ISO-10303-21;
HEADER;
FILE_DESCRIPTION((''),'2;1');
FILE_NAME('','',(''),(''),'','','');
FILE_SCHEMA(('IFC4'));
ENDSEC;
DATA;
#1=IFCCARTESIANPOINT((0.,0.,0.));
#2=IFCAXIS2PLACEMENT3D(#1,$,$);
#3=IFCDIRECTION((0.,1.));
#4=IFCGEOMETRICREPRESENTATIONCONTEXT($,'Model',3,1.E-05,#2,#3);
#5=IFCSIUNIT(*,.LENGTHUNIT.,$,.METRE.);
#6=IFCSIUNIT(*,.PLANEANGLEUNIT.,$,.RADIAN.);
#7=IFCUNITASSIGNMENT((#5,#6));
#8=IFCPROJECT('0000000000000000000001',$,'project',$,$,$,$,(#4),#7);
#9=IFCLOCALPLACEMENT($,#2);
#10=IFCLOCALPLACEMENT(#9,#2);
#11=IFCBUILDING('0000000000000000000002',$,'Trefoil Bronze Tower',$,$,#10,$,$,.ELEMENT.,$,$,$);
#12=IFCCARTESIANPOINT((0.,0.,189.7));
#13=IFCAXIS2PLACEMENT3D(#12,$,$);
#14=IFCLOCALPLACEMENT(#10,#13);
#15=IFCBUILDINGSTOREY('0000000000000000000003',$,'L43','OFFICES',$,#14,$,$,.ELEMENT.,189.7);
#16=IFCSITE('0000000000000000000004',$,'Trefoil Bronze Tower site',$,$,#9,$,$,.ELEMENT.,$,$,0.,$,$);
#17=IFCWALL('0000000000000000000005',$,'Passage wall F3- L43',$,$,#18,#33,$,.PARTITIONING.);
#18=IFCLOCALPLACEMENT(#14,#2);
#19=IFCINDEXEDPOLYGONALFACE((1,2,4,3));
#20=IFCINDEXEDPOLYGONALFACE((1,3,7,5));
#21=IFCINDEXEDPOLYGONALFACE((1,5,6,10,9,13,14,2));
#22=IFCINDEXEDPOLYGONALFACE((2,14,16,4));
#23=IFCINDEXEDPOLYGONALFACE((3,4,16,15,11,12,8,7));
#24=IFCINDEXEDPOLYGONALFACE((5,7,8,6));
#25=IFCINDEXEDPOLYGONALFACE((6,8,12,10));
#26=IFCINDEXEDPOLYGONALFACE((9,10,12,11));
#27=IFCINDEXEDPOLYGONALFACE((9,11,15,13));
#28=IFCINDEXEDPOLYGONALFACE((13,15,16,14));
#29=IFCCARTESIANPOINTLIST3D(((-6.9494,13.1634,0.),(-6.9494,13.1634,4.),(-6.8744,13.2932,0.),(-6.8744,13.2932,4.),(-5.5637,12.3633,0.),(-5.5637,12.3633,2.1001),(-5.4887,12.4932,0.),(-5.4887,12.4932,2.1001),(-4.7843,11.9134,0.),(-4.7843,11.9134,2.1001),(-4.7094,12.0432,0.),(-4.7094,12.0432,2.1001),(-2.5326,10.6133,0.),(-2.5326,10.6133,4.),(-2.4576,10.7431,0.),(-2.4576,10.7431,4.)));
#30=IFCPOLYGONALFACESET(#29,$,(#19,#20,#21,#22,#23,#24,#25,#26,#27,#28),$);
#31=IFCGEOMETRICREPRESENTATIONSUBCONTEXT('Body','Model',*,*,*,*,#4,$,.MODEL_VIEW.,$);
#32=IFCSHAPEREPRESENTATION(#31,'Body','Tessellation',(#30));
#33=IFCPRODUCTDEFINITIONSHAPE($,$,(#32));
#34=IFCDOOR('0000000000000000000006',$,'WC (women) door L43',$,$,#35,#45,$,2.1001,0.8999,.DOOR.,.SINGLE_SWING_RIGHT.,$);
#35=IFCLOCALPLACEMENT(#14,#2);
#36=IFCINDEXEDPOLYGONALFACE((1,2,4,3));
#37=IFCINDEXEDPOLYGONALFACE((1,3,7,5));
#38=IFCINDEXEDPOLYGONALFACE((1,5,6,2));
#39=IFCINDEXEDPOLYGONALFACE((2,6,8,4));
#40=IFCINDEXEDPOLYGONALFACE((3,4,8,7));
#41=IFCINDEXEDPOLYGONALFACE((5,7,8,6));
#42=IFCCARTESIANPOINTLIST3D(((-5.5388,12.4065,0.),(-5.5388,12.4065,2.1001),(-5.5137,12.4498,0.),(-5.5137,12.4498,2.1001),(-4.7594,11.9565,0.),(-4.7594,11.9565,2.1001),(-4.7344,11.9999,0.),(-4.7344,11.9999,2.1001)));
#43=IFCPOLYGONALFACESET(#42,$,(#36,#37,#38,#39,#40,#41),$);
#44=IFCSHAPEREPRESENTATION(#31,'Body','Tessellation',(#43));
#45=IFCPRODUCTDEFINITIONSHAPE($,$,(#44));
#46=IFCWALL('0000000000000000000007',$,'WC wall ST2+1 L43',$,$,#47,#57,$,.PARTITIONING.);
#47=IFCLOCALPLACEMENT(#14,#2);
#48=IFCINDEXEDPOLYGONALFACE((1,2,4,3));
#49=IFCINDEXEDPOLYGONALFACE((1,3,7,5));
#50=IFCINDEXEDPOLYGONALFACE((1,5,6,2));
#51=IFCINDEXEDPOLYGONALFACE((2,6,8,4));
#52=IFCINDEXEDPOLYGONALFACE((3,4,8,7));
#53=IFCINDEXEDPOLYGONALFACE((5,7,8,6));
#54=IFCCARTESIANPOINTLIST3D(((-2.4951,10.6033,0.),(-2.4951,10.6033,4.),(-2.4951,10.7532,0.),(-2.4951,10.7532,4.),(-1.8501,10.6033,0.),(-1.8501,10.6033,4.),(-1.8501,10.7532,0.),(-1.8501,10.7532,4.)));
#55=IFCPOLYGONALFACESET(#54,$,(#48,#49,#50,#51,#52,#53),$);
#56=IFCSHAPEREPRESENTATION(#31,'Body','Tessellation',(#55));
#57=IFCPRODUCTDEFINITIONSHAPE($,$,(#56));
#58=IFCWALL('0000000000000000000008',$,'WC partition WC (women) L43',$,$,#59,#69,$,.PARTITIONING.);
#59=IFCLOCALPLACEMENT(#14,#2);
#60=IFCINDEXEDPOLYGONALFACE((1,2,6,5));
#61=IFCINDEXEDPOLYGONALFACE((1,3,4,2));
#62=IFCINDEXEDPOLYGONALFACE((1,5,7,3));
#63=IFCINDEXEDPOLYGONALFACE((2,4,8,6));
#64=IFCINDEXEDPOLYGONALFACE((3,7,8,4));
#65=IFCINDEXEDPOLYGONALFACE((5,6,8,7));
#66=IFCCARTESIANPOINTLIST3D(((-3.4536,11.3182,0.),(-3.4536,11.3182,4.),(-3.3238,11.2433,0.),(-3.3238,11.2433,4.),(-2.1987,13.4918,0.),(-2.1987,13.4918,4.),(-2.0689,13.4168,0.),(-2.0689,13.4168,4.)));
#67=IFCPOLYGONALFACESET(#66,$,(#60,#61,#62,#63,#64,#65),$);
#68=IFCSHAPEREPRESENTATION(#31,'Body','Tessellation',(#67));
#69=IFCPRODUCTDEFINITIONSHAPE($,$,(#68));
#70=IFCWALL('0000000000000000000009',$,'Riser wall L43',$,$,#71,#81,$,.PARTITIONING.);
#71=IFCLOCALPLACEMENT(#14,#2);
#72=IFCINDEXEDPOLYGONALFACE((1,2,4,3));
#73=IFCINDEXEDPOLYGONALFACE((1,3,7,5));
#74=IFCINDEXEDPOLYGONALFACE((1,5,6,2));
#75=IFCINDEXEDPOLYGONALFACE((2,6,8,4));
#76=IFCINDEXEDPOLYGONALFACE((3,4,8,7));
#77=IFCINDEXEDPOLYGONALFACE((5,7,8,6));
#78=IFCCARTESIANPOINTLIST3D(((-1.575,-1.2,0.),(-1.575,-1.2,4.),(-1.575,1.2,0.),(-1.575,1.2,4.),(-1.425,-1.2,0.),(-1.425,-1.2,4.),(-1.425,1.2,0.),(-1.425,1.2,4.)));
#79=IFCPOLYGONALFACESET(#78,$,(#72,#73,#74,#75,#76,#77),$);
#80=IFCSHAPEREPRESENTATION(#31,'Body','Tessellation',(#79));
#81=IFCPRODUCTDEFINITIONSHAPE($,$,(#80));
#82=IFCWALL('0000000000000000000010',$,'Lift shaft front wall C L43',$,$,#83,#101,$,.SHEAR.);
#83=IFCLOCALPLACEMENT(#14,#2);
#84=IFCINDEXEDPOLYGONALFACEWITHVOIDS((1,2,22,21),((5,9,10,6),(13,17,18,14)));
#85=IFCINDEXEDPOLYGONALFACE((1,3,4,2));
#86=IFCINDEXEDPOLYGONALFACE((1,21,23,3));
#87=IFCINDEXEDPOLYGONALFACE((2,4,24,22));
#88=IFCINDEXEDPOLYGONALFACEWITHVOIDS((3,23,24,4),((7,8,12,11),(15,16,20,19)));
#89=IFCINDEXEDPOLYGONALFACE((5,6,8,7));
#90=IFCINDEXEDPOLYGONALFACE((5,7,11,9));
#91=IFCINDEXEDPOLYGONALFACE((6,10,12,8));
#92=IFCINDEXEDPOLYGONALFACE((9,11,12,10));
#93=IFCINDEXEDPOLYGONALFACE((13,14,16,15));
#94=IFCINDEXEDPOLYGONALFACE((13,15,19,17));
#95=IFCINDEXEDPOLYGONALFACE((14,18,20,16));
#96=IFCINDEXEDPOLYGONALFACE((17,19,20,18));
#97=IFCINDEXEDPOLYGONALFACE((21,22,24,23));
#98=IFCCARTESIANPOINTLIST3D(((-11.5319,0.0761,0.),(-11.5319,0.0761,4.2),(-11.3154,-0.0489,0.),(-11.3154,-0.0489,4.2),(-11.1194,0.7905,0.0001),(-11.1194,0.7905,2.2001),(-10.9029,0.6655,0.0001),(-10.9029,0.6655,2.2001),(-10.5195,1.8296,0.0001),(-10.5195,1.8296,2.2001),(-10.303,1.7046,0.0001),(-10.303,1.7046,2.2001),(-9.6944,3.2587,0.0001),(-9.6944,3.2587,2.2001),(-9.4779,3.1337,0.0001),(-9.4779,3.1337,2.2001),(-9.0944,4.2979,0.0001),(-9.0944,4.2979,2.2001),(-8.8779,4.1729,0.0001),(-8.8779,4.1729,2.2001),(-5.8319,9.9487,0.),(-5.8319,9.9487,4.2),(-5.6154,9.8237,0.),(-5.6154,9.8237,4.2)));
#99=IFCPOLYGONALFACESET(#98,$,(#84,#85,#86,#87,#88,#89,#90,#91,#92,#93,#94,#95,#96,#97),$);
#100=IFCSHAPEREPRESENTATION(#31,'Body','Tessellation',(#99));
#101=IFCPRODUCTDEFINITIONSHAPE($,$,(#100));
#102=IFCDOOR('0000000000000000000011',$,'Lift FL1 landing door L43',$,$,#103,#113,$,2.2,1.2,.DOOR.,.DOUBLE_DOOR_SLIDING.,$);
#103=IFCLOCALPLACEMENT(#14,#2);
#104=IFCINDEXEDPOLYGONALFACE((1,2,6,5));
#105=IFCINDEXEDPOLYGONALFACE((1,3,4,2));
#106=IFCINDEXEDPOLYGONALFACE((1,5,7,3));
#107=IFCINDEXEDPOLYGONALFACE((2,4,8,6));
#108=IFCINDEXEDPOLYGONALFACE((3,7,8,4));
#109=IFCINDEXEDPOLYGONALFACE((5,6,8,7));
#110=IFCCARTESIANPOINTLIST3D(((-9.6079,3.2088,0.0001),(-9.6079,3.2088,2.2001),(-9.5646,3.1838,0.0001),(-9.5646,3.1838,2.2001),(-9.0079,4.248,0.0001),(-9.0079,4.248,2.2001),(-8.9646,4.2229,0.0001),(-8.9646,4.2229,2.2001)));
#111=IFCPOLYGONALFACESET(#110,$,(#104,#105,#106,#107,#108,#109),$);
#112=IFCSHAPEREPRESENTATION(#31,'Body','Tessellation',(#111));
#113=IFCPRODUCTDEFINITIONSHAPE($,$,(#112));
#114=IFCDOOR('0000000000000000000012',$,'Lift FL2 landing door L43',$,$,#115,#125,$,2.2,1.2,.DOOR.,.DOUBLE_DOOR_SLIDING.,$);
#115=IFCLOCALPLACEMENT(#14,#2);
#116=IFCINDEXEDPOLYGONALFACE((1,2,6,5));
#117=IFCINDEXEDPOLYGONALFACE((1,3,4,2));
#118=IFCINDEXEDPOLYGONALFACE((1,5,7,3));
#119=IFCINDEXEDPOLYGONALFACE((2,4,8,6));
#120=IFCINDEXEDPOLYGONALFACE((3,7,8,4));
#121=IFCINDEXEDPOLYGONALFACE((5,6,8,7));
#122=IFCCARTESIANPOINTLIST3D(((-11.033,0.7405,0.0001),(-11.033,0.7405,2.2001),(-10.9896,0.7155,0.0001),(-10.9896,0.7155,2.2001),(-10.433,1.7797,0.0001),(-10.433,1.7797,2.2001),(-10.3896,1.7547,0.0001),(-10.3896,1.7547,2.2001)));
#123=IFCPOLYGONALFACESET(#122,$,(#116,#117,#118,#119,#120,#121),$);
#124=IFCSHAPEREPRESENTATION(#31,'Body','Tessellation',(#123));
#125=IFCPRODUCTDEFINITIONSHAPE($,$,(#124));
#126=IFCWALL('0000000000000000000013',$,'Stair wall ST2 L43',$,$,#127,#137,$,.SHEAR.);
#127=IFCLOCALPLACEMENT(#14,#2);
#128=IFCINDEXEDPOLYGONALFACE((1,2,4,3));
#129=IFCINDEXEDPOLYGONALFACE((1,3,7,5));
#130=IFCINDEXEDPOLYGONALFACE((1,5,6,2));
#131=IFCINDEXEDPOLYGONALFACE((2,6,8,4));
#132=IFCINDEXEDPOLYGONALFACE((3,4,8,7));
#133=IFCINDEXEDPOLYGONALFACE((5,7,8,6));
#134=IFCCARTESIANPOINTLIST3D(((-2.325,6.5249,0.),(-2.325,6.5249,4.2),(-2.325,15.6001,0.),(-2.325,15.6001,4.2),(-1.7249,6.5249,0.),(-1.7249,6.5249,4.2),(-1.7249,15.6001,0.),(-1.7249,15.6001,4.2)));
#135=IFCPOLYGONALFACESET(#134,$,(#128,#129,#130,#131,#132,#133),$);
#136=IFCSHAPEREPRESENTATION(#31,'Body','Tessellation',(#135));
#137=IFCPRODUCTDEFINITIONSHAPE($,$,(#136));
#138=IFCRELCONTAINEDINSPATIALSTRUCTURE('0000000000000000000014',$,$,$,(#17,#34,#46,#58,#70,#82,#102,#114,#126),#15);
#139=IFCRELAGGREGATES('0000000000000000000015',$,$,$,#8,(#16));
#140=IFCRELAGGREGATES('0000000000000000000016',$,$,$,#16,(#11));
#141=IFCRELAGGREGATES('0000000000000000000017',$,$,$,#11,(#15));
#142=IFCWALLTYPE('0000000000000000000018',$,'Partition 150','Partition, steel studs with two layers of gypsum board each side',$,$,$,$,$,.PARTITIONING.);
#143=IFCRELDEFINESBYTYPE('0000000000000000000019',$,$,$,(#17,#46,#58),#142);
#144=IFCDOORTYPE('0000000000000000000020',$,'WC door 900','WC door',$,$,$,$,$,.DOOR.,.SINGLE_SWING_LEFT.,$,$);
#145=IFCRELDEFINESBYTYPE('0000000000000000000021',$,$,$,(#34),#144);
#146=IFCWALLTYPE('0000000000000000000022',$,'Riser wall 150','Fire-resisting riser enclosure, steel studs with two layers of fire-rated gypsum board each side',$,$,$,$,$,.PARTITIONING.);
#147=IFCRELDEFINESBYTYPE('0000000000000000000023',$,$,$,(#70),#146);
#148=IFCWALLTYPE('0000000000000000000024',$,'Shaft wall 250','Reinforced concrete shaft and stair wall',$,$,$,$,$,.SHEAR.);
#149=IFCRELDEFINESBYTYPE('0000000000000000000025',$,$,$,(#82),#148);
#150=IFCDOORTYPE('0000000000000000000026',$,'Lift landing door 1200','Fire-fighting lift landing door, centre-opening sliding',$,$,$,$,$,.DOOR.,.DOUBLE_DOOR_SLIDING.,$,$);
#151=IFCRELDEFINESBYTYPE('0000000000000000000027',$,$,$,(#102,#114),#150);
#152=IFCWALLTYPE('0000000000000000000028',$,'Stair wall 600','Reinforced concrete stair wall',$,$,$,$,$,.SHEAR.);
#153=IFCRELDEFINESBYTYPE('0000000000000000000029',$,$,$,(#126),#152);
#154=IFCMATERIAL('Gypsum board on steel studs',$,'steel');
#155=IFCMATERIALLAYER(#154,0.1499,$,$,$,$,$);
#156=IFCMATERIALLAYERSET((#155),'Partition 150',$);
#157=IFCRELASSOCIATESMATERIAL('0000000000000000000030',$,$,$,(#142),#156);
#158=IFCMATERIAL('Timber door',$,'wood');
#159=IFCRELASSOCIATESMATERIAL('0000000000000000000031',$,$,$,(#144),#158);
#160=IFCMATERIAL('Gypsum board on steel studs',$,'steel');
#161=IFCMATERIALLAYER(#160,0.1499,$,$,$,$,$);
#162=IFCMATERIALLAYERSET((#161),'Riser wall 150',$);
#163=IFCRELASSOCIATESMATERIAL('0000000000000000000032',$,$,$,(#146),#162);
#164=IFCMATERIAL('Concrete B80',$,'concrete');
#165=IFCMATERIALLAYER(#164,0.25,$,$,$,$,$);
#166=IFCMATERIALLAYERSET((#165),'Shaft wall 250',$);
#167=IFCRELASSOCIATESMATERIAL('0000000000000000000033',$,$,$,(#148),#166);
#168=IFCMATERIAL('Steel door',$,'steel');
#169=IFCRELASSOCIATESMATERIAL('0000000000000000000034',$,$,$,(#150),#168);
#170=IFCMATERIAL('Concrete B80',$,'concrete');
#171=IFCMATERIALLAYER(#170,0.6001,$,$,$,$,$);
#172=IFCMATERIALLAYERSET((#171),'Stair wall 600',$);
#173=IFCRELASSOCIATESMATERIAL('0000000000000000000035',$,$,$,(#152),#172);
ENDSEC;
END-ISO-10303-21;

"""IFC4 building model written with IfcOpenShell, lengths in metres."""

from ifc_helpers import new_model, si_unit, direction, frame, frame_2d, origin, place, context, subcontext, project, spatial, rectangle, extrude, material, layer, layer_set, type_object, element, fill, save


model = new_model("IFC4")

# Units and contexts
model_context = context("Model", 3, precision=1e-05, world=origin(), true_north=direction((0.0, 1.0)))
body_context = subcontext(model_context, "Body", "Model", "MODEL_VIEW")
ifc_project = project(units=[si_unit("LENGTHUNIT", "METRE"), si_unit("PLANEANGLEUNIT", "RADIAN")], contexts=[model_context])

# Site, building, storey
site_placement = place(None, origin())
site = spatial("IfcSite", under=ifc_project, at=site_placement, Name="Trefoil Bronze Tower site", CompositionType="ELEMENT", RefElevation=0.0)
building_placement = place(site_placement, origin())
building = spatial("IfcBuilding", under=site, at=building_placement, Name="Trefoil Bronze Tower", CompositionType="ELEMENT")
storey_placement = place(building_placement, frame((0.0, 0.0, 189.7)))
storey = spatial("IfcBuildingStorey", under=building, at=storey_placement, Name="L43", Description="OFFICES", CompositionType="ELEMENT", Elevation=189.7)

# Wall, opening, door
ifc_material_1 = material(Name="Gypsum board on steel studs", Category="steel")
ifc_layer_1 = layer(ifc_material_1, 0.1499)
ifc_layer_set_1 = layer_set([ifc_layer_1], Name="Partition 150")
wall_type_1 = type_object("IfcWallType", Name="Partition 150", Description="Partition, steel studs with two layers of gypsum board each side", PredefinedType="PARTITIONING", material=ifc_layer_set_1)
wall_1_placement = place(storey_placement, frame((-2.4951, 10.6782, 0.0), z_axis=(0.0, 0.0, 1.0), x_axis=(-0.866022, 0.500006, 0.0)))
wall_1 = element("IfcWall", 1, at=wall_1_placement, inside=storey, type_object=wall_type_1, Name="Passage wall F3- L43", PredefinedType="PARTITIONING", context=body_context, shape_type="SweptSolid", body=[
    extrude(rectangle(XDim=5.1001, YDim=0.1499, at=frame_2d((2.55, 0.0))), origin(), (0.0, 0.0, 1.0), 4.0),
])
opening_1_placement = place(wall_1_placement, frame((2.6001, 0.0, 0.0)))
opening_1 = element("IfcOpeningElement", 2, at=opening_1_placement, cuts=wall_1, PredefinedType="OPENING", context=body_context, shape_type="SweptSolid", body=[
    extrude(rectangle(XDim=0.8999, YDim=2.1001, at=frame_2d((0.45, 1.05))), frame((0.0, 0.085, 0.0), z_axis=(0.0, -1.0, 0.0), x_axis=(1.0, 0.0, 0.0)), (0.0, 0.0, 1.0), 0.1699),
])
ifc_material_2 = material(Name="Timber door", Category="wood")
door_type_1 = type_object("IfcDoorType", Name="WC door 900", Description="WC door", OperationType="SINGLE_SWING_LEFT", PredefinedType="DOOR", material=ifc_material_2)
door_1_placement = place(opening_1_placement, frame((0.8999, 0.0, 0.0), z_axis=(0.0, 0.0, 1.0), x_axis=(-1.0, 0.0, 0.0)))
door_1 = element("IfcDoor", 3, at=door_1_placement, inside=storey, type_object=door_type_1, Name="WC (women) door L43", OperationType="SINGLE_SWING_RIGHT", OverallHeight=2.1001, OverallWidth=0.8999, PredefinedType="DOOR", context=body_context, shape_type="SweptSolid", body=[
    extrude(rectangle(XDim=0.8999, YDim=2.1001, at=frame_2d((0.45, 1.05))), frame((0.0, 0.0249, 0.0), z_axis=(0.0, -1.0, 0.0), x_axis=(1.0, 0.0, 0.0)), (0.0, 0.0, 1.0), 0.05),
])
fill(opening_1, door_1)

# Walls
wall_2_placement = place(storey_placement, frame((-2.4951, 10.6782, 0.0), z_axis=(0.0, 0.0, 1.0), x_axis=(1.0, 0.0, 0.0)))
element("IfcWall", 4, at=wall_2_placement, inside=storey, type_object=wall_type_1, Name="WC wall ST2+1 L43", PredefinedType="PARTITIONING", context=body_context, shape_type="SweptSolid", body=[
    extrude(rectangle(XDim=0.645, YDim=0.1499, at=frame_2d((0.3225, 0.0))), origin(), (0.0, 0.0, 1.0), 4.0),
])
wall_3_placement = place(storey_placement, frame((-3.3887, 11.2808, 0.0), z_axis=(0.0, 0.0, 1.0), x_axis=(0.499989, 0.866032, 0.0)))
element("IfcWall", 5, at=wall_3_placement, inside=storey, type_object=wall_type_1, Name="WC partition WC (women) L43", PredefinedType="PARTITIONING", context=body_context, shape_type="SweptSolid", body=[
    extrude(rectangle(XDim=2.5098, YDim=0.1499, at=frame_2d((1.2549, 0.0))), origin(), (0.0, 0.0, 1.0), 4.0),
])
ifc_material_3 = material(Name="Gypsum board on steel studs", Category="steel")
ifc_layer_2 = layer(ifc_material_3, 0.1499)
ifc_layer_set_2 = layer_set([ifc_layer_2], Name="Riser wall 150")
wall_type_2 = type_object("IfcWallType", Name="Riser wall 150", Description="Fire-resisting riser enclosure, steel studs with two layers of fire-rated gypsum board each side", PredefinedType="PARTITIONING", material=ifc_layer_set_2)
wall_4_placement = place(storey_placement, frame((-1.5, 1.2, 0.0), z_axis=(0.0, 0.0, 1.0), x_axis=(0.0, -1.0, 0.0)))
element("IfcWall", 6, at=wall_4_placement, inside=storey, type_object=wall_type_2, Name="Riser wall L43", PredefinedType="PARTITIONING", context=body_context, shape_type="SweptSolid", body=[
    extrude(rectangle(XDim=2.3999, YDim=0.1499, at=frame_2d((1.2, 0.0))), origin(), (0.0, 0.0, 1.0), 4.0),
])

# Wall, openings, doors
ifc_material_4 = material(Name="Concrete B80", Category="concrete")
ifc_layer_3 = layer(ifc_material_4, 0.25)
ifc_layer_set_3 = layer_set([ifc_layer_3], Name="Shaft wall 250")
wall_type_3 = type_object("IfcWallType", Name="Shaft wall 250", Description="Reinforced concrete shaft and stair wall", PredefinedType="SHEAR", material=ifc_layer_set_3)
wall_5_placement = place(storey_placement, frame((-5.7236, 9.8862, 0.0), z_axis=(0.0, 0.0, 1.0), x_axis=(-0.500002, -0.866024, 0.0)))
wall_5 = element("IfcWall", 7, at=wall_5_placement, inside=storey, type_object=wall_type_3, Name="Lift shaft front wall C L43", PredefinedType="SHEAR", context=body_context, shape_type="SweptSolid", body=[
    extrude(rectangle(XDim=11.3999, YDim=0.25, at=frame_2d((5.7, 0.0))), origin(), (0.0, 0.0, 1.0), 4.2),
])
opening_2_placement = place(wall_5_placement, frame((6.5249, 0.0, 0.0)))
opening_2 = element("IfcOpeningElement", 8, at=opening_2_placement, cuts=wall_5, PredefinedType="OPENING", context=body_context, shape_type="SweptSolid", body=[
    extrude(rectangle(XDim=1.2, YDim=2.2, at=frame_2d((0.6001, 1.1001))), frame((0.0, 0.135, 0.0), z_axis=(0.0, -1.0, 0.0), x_axis=(1.0, 0.0, 0.0)), (0.0, 0.0, 1.0), 0.27),
])
opening_3_placement = place(wall_5_placement, frame((9.375, 0.0, 0.0)))
opening_3 = element("IfcOpeningElement", 9, at=opening_3_placement, cuts=wall_5, PredefinedType="OPENING", context=body_context, shape_type="SweptSolid", body=[
    extrude(rectangle(XDim=1.2, YDim=2.2, at=frame_2d((0.6001, 1.1001))), frame((0.0, 0.135, 0.0), z_axis=(0.0, -1.0, 0.0), x_axis=(1.0, 0.0, 0.0)), (0.0, 0.0, 1.0), 0.27),
])
ifc_material_5 = material(Name="Steel door", Category="steel")
door_type_2 = type_object("IfcDoorType", Name="Lift landing door 1200", Description="Fire-fighting lift landing door, centre-opening sliding", OperationType="DOUBLE_DOOR_SLIDING", PredefinedType="DOOR", material=ifc_material_5)
door_2_placement = place(opening_2_placement, origin())
door_2 = element("IfcDoor", 10, at=door_2_placement, inside=storey, type_object=door_type_2, Name="Lift FL1 landing door L43", OperationType="DOUBLE_DOOR_SLIDING", OverallHeight=2.2, OverallWidth=1.2, PredefinedType="DOOR", context=body_context, shape_type="SweptSolid", body=[
    extrude(rectangle(XDim=1.2, YDim=2.2, at=frame_2d((0.6001, 1.1001))), frame((0.0, 0.0249, 0.0), z_axis=(0.0, -1.0, 0.0), x_axis=(1.0, 0.0, 0.0)), (0.0, 0.0, 1.0), 0.05),
])
fill(opening_2, door_2)
door_3_placement = place(opening_3_placement, origin())
door_3 = element("IfcDoor", 11, at=door_3_placement, inside=storey, type_object=door_type_2, Name="Lift FL2 landing door L43", OperationType="DOUBLE_DOOR_SLIDING", OverallHeight=2.2, OverallWidth=1.2, PredefinedType="DOOR", context=body_context, shape_type="SweptSolid", body=[
    extrude(rectangle(XDim=1.2, YDim=2.2, at=frame_2d((0.6001, 1.1001))), frame((0.0, 0.0249, 0.0), z_axis=(0.0, -1.0, 0.0), x_axis=(1.0, 0.0, 0.0)), (0.0, 0.0, 1.0), 0.05),
])
fill(opening_3, door_3)

# Wall
ifc_material_6 = material(Name="Concrete B80", Category="concrete")
ifc_layer_4 = layer(ifc_material_6, 0.6001)
ifc_layer_set_4 = layer_set([ifc_layer_4], Name="Stair wall 600")
wall_type_4 = type_object("IfcWallType", Name="Stair wall 600", Description="Reinforced concrete stair wall", PredefinedType="SHEAR", material=ifc_layer_set_4)
wall_6_placement = place(storey_placement, frame((-2.0249, 6.5249, 0.0), z_axis=(0.0, 0.0, 1.0), x_axis=(0.0, 1.0, 0.0)))
element("IfcWall", 12, at=wall_6_placement, inside=storey, type_object=wall_type_4, Name="Stair wall ST2 L43", PredefinedType="SHEAR", context=body_context, shape_type="SweptSolid", body=[
    extrude(rectangle(XDim=9.0752, YDim=0.6001, at=frame_2d((4.5376, 0.0))), origin(), (0.0, 0.0, 1.0), 4.2),
])

save(model, "model.ifc")
